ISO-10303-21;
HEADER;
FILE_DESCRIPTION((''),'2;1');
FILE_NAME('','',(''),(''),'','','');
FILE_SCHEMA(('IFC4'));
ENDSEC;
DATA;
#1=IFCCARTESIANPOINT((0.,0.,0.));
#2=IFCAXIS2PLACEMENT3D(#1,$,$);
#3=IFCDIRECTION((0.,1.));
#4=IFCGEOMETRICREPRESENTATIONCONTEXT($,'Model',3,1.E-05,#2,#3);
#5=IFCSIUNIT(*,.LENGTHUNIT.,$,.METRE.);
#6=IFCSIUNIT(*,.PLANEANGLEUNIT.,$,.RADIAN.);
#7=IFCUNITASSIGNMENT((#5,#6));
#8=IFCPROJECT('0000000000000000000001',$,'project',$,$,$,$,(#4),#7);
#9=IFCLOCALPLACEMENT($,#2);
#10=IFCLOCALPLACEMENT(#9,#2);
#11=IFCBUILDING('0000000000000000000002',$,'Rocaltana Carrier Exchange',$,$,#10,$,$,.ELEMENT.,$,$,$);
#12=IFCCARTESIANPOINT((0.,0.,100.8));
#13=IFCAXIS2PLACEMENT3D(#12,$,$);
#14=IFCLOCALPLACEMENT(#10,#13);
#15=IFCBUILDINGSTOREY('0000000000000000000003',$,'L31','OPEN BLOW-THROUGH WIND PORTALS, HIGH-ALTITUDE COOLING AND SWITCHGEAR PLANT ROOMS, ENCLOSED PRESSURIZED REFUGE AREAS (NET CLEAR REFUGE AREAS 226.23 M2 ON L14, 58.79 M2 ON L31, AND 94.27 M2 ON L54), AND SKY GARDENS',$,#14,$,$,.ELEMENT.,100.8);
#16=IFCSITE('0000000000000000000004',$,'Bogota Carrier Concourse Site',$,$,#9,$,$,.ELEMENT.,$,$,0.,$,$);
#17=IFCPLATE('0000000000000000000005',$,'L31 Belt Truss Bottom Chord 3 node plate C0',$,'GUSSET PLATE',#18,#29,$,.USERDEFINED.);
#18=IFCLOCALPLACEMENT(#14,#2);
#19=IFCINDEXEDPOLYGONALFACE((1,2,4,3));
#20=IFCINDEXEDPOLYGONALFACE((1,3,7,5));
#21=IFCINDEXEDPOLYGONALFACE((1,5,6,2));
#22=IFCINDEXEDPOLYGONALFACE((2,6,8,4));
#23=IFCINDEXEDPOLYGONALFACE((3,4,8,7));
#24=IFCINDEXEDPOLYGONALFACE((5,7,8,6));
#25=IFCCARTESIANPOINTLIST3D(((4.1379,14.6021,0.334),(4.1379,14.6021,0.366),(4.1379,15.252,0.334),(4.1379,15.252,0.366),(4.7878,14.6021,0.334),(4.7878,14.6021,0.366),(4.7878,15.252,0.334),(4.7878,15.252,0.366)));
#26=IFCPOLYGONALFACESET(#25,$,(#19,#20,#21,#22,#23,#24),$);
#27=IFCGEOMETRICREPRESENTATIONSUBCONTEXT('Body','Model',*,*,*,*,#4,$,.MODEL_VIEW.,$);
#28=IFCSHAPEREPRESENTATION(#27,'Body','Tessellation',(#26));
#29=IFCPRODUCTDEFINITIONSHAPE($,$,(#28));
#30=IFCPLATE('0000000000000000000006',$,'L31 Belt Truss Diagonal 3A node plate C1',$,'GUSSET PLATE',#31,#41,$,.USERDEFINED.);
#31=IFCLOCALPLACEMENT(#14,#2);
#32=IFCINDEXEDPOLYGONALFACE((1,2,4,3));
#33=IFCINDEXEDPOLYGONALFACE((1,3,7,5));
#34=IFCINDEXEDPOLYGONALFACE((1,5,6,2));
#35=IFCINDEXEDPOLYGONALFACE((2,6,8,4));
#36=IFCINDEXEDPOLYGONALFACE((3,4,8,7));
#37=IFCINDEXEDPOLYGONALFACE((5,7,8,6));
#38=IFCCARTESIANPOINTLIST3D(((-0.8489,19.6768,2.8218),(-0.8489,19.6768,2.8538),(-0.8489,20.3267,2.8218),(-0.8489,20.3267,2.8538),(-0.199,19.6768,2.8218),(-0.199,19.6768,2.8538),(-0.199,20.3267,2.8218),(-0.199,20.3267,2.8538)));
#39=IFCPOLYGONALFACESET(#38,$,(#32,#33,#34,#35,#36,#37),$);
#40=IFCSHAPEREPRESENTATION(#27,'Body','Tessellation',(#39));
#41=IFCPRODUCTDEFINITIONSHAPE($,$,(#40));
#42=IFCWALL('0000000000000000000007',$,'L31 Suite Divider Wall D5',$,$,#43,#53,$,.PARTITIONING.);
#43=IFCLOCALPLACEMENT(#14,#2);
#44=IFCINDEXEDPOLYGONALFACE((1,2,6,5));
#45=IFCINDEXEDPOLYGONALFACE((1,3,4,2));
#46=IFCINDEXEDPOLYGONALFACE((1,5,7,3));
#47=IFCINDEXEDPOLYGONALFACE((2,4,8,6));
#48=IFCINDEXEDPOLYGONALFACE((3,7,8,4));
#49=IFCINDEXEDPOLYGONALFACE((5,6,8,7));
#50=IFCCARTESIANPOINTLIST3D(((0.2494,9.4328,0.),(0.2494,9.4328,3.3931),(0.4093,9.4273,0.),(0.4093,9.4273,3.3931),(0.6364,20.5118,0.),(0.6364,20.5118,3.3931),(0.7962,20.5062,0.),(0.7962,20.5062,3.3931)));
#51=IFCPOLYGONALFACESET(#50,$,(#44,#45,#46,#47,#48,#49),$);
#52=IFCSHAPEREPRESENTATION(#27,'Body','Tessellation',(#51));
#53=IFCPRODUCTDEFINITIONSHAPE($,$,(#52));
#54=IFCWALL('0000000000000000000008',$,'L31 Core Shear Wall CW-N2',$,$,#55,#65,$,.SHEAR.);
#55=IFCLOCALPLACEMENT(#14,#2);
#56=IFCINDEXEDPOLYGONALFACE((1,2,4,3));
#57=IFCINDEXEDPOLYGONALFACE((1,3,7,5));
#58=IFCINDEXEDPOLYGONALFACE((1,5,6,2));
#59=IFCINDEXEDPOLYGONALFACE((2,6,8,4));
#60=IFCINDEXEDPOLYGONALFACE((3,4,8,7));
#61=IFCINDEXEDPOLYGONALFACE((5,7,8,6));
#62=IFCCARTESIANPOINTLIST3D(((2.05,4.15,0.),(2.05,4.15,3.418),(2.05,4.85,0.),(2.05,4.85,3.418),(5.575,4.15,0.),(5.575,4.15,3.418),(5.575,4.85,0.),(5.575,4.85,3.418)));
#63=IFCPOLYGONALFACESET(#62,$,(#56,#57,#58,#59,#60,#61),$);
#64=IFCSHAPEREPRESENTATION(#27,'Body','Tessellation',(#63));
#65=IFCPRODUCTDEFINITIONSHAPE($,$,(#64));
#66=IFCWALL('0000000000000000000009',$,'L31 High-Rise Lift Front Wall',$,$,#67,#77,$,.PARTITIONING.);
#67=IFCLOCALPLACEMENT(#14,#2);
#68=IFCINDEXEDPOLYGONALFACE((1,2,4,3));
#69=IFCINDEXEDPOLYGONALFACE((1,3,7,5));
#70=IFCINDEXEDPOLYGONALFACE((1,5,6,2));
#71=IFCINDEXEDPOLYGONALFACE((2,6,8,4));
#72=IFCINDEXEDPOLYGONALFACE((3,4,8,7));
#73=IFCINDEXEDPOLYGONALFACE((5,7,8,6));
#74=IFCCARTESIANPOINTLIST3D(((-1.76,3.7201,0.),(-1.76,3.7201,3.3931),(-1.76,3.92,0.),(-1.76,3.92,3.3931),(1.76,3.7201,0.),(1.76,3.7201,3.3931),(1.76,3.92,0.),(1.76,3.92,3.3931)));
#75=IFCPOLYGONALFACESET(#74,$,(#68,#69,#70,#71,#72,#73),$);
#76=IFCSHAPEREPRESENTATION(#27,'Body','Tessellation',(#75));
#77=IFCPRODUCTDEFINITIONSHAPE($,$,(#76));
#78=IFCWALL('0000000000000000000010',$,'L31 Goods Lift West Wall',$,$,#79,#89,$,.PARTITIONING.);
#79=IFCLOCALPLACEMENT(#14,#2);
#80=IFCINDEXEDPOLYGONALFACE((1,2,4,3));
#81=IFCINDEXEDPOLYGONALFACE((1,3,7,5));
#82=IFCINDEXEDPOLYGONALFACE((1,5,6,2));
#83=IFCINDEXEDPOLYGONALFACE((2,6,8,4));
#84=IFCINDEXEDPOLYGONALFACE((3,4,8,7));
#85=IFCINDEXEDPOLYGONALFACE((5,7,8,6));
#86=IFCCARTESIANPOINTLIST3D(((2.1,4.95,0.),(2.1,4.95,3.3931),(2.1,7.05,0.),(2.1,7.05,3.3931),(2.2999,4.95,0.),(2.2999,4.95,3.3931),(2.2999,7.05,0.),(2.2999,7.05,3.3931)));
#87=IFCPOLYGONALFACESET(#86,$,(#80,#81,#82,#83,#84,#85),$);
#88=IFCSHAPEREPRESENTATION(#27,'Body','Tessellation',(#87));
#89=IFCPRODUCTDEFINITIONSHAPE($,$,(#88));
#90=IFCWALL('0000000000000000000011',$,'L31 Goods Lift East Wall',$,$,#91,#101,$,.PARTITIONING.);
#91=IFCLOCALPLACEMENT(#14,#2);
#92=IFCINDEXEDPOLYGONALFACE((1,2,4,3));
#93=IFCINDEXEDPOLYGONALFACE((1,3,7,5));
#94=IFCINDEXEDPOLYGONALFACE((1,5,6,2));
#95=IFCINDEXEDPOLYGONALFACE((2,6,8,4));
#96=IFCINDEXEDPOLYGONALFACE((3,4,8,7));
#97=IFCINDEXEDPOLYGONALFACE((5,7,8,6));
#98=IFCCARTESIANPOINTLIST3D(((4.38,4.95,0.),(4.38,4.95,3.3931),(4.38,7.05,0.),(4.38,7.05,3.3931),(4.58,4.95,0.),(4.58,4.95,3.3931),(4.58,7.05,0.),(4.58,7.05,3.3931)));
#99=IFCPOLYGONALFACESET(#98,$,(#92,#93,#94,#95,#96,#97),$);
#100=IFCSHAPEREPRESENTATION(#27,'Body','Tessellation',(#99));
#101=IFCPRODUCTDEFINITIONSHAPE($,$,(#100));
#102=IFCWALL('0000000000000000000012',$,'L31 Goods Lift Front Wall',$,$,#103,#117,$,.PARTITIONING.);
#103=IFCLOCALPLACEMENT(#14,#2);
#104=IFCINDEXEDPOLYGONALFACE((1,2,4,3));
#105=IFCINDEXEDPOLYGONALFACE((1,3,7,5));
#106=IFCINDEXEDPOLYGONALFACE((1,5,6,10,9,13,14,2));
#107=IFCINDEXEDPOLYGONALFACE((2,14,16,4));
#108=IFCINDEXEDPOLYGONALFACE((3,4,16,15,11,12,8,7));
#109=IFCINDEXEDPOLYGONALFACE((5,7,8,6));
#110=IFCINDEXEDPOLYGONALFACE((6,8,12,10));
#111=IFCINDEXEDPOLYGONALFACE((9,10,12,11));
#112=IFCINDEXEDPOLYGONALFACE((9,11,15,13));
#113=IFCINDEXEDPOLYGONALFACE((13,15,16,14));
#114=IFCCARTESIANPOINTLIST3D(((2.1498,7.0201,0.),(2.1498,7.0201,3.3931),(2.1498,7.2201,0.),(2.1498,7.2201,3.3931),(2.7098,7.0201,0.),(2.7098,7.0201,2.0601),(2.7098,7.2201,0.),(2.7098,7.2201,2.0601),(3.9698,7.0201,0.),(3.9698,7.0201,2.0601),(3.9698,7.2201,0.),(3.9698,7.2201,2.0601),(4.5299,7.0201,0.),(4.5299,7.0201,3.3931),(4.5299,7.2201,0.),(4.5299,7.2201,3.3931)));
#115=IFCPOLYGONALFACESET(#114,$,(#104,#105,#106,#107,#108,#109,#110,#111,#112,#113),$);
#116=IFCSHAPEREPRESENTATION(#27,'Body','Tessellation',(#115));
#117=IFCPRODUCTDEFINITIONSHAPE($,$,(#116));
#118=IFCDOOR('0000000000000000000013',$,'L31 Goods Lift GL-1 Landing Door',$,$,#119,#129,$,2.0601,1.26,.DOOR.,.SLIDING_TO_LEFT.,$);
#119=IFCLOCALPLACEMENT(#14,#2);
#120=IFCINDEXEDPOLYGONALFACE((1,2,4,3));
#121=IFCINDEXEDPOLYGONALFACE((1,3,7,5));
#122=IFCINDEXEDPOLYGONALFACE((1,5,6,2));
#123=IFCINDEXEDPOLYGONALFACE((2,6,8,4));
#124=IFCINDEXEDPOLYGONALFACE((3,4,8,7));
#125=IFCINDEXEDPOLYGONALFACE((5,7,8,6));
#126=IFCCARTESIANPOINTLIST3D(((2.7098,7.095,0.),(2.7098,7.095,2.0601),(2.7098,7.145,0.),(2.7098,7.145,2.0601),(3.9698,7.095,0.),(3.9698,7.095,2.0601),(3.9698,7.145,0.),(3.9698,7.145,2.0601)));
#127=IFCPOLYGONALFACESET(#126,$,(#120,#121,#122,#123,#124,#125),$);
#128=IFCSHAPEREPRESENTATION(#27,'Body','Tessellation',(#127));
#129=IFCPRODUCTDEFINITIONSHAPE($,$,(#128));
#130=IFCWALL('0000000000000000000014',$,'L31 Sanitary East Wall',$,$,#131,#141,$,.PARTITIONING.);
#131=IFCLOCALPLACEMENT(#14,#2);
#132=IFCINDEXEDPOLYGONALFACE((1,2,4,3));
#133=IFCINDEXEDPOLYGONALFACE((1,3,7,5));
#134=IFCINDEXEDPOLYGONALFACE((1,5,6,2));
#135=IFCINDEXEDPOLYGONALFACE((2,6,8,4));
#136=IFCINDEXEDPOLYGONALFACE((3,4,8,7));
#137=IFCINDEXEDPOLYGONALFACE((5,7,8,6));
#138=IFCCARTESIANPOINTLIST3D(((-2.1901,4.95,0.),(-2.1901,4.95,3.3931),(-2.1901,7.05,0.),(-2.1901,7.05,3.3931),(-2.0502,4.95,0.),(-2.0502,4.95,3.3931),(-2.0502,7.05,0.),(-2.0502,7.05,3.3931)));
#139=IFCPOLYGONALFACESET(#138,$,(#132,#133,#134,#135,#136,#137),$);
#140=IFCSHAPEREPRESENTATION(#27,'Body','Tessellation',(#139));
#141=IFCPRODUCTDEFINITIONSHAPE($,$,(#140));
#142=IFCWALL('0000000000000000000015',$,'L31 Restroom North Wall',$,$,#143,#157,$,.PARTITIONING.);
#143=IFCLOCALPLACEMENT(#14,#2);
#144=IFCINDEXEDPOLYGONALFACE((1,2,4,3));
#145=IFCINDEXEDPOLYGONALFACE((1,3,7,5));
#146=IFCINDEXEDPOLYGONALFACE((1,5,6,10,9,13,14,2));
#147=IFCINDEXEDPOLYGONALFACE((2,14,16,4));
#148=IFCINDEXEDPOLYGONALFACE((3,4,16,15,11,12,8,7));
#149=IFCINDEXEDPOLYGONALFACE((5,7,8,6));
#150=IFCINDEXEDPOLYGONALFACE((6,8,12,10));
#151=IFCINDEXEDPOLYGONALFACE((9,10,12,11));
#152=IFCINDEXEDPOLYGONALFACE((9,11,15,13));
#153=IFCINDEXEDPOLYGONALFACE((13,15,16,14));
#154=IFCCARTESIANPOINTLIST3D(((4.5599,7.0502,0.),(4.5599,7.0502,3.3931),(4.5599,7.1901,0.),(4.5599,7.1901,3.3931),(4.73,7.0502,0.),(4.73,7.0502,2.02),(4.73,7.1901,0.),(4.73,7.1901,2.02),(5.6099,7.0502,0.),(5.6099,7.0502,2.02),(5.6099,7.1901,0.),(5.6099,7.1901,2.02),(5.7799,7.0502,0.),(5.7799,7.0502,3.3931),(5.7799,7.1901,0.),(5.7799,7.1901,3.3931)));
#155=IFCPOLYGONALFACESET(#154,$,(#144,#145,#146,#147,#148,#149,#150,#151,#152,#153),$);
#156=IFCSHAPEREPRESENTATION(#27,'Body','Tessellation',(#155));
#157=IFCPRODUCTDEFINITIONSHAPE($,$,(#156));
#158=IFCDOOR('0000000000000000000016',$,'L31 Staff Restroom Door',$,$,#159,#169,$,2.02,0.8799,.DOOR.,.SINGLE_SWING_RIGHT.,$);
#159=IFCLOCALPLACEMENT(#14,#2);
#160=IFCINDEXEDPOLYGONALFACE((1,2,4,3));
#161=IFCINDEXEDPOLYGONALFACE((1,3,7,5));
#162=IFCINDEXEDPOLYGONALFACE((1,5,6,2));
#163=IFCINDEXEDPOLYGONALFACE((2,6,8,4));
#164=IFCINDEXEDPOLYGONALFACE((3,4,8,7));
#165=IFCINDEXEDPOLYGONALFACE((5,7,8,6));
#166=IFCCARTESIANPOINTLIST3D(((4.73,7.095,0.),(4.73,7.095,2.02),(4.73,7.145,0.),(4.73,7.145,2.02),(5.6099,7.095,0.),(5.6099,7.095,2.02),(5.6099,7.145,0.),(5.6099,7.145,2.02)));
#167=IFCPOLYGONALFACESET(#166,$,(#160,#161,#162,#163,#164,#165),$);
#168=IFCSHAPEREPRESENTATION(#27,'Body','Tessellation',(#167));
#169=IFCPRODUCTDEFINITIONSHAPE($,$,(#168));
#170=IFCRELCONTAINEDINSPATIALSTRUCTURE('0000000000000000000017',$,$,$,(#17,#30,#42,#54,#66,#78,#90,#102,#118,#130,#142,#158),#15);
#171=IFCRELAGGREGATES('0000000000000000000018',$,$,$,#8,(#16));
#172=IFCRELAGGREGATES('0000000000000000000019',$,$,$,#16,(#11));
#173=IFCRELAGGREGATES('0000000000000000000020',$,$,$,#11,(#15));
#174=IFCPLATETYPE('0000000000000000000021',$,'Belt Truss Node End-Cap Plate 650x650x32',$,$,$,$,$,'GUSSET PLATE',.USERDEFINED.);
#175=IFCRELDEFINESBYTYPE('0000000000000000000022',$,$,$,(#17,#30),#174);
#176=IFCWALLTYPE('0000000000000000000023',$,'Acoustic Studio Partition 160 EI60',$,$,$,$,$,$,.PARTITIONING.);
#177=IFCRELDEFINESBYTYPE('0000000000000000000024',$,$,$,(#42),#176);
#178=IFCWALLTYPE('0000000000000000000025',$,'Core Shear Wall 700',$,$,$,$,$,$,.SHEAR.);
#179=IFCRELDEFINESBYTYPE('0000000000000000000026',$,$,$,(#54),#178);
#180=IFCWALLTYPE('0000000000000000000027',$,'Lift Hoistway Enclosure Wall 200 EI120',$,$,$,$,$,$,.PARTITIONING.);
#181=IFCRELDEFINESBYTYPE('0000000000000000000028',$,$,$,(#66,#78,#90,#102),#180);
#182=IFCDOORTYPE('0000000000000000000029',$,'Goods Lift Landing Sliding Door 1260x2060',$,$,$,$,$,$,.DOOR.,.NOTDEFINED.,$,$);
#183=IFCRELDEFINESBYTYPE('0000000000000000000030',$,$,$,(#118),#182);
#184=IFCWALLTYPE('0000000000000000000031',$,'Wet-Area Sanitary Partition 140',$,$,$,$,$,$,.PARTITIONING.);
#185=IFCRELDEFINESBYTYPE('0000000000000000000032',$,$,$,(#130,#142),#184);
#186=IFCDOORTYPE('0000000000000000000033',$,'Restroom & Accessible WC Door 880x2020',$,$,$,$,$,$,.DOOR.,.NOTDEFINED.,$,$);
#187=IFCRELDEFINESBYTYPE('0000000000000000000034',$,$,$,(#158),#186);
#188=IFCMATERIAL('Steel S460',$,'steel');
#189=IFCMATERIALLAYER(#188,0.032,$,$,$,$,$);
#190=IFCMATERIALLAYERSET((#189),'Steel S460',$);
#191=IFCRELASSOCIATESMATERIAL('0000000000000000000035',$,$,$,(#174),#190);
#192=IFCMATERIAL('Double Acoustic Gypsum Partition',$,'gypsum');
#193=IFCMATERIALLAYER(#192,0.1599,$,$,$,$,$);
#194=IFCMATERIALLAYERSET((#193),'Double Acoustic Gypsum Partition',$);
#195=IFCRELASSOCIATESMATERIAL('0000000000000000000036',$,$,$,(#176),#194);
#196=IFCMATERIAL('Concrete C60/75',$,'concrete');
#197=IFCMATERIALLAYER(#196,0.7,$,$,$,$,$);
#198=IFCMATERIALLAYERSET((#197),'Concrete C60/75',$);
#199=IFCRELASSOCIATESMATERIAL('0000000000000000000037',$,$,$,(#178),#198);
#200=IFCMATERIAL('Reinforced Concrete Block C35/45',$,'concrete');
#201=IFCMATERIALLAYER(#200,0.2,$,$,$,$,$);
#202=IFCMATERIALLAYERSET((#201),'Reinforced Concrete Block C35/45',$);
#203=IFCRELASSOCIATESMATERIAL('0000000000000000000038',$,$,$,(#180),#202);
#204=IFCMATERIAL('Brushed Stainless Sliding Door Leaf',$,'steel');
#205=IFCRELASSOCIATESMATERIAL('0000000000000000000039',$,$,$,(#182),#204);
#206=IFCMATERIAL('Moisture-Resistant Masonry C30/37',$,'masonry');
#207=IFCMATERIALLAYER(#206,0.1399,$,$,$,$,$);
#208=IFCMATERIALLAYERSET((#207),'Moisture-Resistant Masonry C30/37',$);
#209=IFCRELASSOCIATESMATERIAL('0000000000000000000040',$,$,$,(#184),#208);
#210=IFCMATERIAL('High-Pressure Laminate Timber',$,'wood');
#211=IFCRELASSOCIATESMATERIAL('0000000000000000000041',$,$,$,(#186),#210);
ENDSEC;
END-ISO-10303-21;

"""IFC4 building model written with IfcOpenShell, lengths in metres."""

from ifc_helpers import new_model, si_unit, direction, frame, frame_2d, origin, origin_2d, place, context, subcontext, project, spatial, rectangle, extrude, material, layer, layer_set, type_object, element, fill, save


model = new_model("IFC4")

# Units and contexts
model_context = context("Model", 3, precision=1e-05, world=origin(), true_north=direction((0.0, 1.0)))
body_context = subcontext(model_context, "Body", "Model", "MODEL_VIEW")
ifc_project = project(units=[si_unit("LENGTHUNIT", "METRE"), si_unit("PLANEANGLEUNIT", "RADIAN")], contexts=[model_context])

# Site, building, storey
site_placement = place(None, origin())
site = spatial("IfcSite", under=ifc_project, at=site_placement, Name="Bogota Carrier Concourse Site", CompositionType="ELEMENT", RefElevation=0.0)
building_placement = place(site_placement, origin())
building = spatial("IfcBuilding", under=site, at=building_placement, Name="Rocaltana Carrier Exchange", CompositionType="ELEMENT")
storey_placement = place(building_placement, frame((0.0, 0.0, 100.8)))
storey = spatial("IfcBuildingStorey", under=building, at=storey_placement, Name="L31", Description="OPEN BLOW-THROUGH WIND PORTALS, HIGH-ALTITUDE COOLING AND SWITCHGEAR PLANT ROOMS, ENCLOSED PRESSURIZED REFUGE AREAS (NET CLEAR REFUGE AREAS 226.23 M2 ON L14, 58.79 M2 ON L31, AND 94.27 M2 ON L54), AND SKY GARDENS", CompositionType="ELEMENT", Elevation=100.8)

# Plates
ifc_material_1 = material(Name="Steel S460", Category="steel")
ifc_layer_1 = layer(ifc_material_1, 0.032)
ifc_layer_set_1 = layer_set([ifc_layer_1], Name="Steel S460")
plate_type = type_object("IfcPlateType", Name="Belt Truss Node End-Cap Plate 650x650x32", ElementType="GUSSET PLATE", PredefinedType="USERDEFINED", material=ifc_layer_set_1)
for number, where, z_axis, x_axis, name in (
    (1, (4.4629, 14.927, 0.334), (0.0, 0.0, 1.0), (1.0, 0.0, 0.0), "L31 Belt Truss Bottom Chord 3 node plate C0"),
    (2, (-0.5239, 20.0017, 2.8218), (0.0, 0.0, 1.0), (1.0, 0.0, 0.0), "L31 Belt Truss Diagonal 3A node plate C1"),
):
    element("IfcPlate", number, at=place(storey_placement, frame(where, z_axis=z_axis, x_axis=x_axis)), inside=storey, type_object=plate_type, Name=name, ObjectType="GUSSET PLATE", PredefinedType="USERDEFINED", context=body_context, shape_type="SweptSolid", body=[
        extrude(rectangle(XDim=0.6499, YDim=0.6499, at=origin_2d()), origin(), (0.0, 0.0, 1.0), 0.032),
    ])

# Walls
ifc_material_2 = material(Name="Double Acoustic Gypsum Partition", Category="gypsum")
ifc_layer_2 = layer(ifc_material_2, 0.1599)
ifc_layer_set_2 = layer_set([ifc_layer_2], Name="Double Acoustic Gypsum Partition")
wall_type_1 = type_object("IfcWallType", Name="Acoustic Studio Partition 160 EI60", PredefinedType="PARTITIONING", material=ifc_layer_set_2)
wall_1_placement = place(storey_placement, frame((0.3293, 9.4299, 0.0), z_axis=(0.0, 0.0, 1.0), x_axis=(0.034907, 0.999391, 0.0)))
element("IfcWall", 3, at=wall_1_placement, inside=storey, type_object=wall_type_1, Name="L31 Suite Divider Wall D5", PredefinedType="PARTITIONING", context=body_context, shape_type="SweptSolid", body=[
    extrude(rectangle(XDim=11.0857, YDim=0.1599, at=frame_2d((5.543, 0.0))), origin(), (0.0, 0.0, 1.0), 3.3931),
])
ifc_material_3 = material(Name="Concrete C60/75", Category="concrete")
ifc_layer_3 = layer(ifc_material_3, 0.7)
ifc_layer_set_3 = layer_set([ifc_layer_3], Name="Concrete C60/75")
wall_type_2 = type_object("IfcWallType", Name="Core Shear Wall 700", PredefinedType="SHEAR", material=ifc_layer_set_3)
wall_2_placement = place(storey_placement, frame((2.05, 4.5, 0.0), z_axis=(0.0, 0.0, 1.0), x_axis=(1.0, 0.0, 0.0)))
element("IfcWall", 4, at=wall_2_placement, inside=storey, type_object=wall_type_2, Name="L31 Core Shear Wall CW-N2", PredefinedType="SHEAR", context=body_context, shape_type="SweptSolid", body=[
    extrude(rectangle(XDim=3.5249, YDim=0.7, at=frame_2d((1.7625, 0.0))), origin(), (0.0, 0.0, 1.0), 3.418),
])
ifc_material_4 = material(Name="Reinforced Concrete Block C35/45", Category="concrete")
ifc_layer_4 = layer(ifc_material_4, 0.2)
ifc_layer_set_4 = layer_set([ifc_layer_4], Name="Reinforced Concrete Block C35/45")
wall_type_3 = type_object("IfcWallType", Name="Lift Hoistway Enclosure Wall 200 EI120", PredefinedType="PARTITIONING", material=ifc_layer_set_4)
wall_3_placement = place(storey_placement, frame((-1.76, 3.8201, 0.0), z_axis=(0.0, 0.0, 1.0), x_axis=(1.0, 0.0, 0.0)))
element("IfcWall", 5, at=wall_3_placement, inside=storey, type_object=wall_type_3, Name="L31 High-Rise Lift Front Wall", PredefinedType="PARTITIONING", context=body_context, shape_type="SweptSolid", body=[
    extrude(rectangle(XDim=3.52, YDim=0.2, at=frame_2d((1.76, 0.0))), origin(), (0.0, 0.0, 1.0), 3.3931),
])
for number, where, z_axis, x_axis, name in (
    (6, (2.2, 4.95, 0.0), (0.0, 0.0, 1.0), (0.0, 1.0, 0.0), "L31 Goods Lift West Wall"),
    (7, (4.48, 4.95, 0.0), (0.0, 0.0, 1.0), (0.0, 1.0, 0.0), "L31 Goods Lift East Wall"),
):
    element("IfcWall", number, at=place(storey_placement, frame(where, z_axis=z_axis, x_axis=x_axis)), inside=storey, type_object=wall_type_3, Name=name, PredefinedType="PARTITIONING", context=body_context, shape_type="SweptSolid", body=[
        extrude(rectangle(XDim=2.1001, YDim=0.2, at=frame_2d((1.05, 0.0))), origin(), (0.0, 0.0, 1.0), 3.3931),
    ])

# Wall, opening, door
wall_4_placement = place(storey_placement, frame((2.1499, 7.1201, 0.0), z_axis=(0.0, 0.0, 1.0), x_axis=(1.0, 0.0, 0.0)))
wall_4 = element("IfcWall", 8, at=wall_4_placement, inside=storey, type_object=wall_type_3, Name="L31 Goods Lift Front Wall", PredefinedType="PARTITIONING", context=body_context, shape_type="SweptSolid", body=[
    extrude(rectangle(XDim=2.3801, YDim=0.2, at=frame_2d((1.1899, 0.0))), origin(), (0.0, 0.0, 1.0), 3.3931),
])
opening_1_placement = place(wall_4_placement, frame((0.5601, 0.0, 0.0)))
opening_1 = element("IfcOpeningElement", 9, at=opening_1_placement, cuts=wall_4, PredefinedType="OPENING", context=body_context, shape_type="SweptSolid", body=[
    extrude(rectangle(XDim=1.26, YDim=2.0601, at=frame_2d((0.6299, 1.03))), frame((0.0, 0.1099, 0.0), z_axis=(0.0, -1.0, 0.0), x_axis=(1.0, 0.0, 0.0)), (0.0, 0.0, 1.0), 0.22),
])
ifc_material_5 = material(Name="Brushed Stainless Sliding Door Leaf", Category="steel")
door_type_1 = type_object("IfcDoorType", Name="Goods Lift Landing Sliding Door 1260x2060", OperationType="NOTDEFINED", PredefinedType="DOOR", material=ifc_material_5)
door_1_placement = place(opening_1_placement, origin())
door_1 = element("IfcDoor", 10, at=door_1_placement, inside=storey, type_object=door_type_1, Name="L31 Goods Lift GL-1 Landing Door", OperationType="SLIDING_TO_LEFT", OverallHeight=2.0601, OverallWidth=1.26, PredefinedType="DOOR", context=body_context, shape_type="SweptSolid", body=[
    extrude(rectangle(XDim=1.26, YDim=2.0601, at=frame_2d((0.6299, 1.03))), frame((0.0, 0.0249, 0.0), z_axis=(0.0, -1.0, 0.0), x_axis=(1.0, 0.0, 0.0)), (0.0, 0.0, 1.0), 0.05),
])
fill(opening_1, door_1)

# Wall
ifc_material_6 = material(Name="Moisture-Resistant Masonry C30/37", Category="masonry")
ifc_layer_5 = layer(ifc_material_6, 0.1399)
ifc_layer_set_5 = layer_set([ifc_layer_5], Name="Moisture-Resistant Masonry C30/37")
wall_type_4 = type_object("IfcWallType", Name="Wet-Area Sanitary Partition 140", PredefinedType="PARTITIONING", material=ifc_layer_set_5)
wall_5_placement = place(storey_placement, frame((-2.1201, 4.95, 0.0), z_axis=(0.0, 0.0, 1.0), x_axis=(0.0, 1.0, 0.0)))
element("IfcWall", 11, at=wall_5_placement, inside=storey, type_object=wall_type_4, Name="L31 Sanitary East Wall", PredefinedType="PARTITIONING", context=body_context, shape_type="SweptSolid", body=[
    extrude(rectangle(XDim=2.1001, YDim=0.1399, at=frame_2d((1.05, 0.0))), origin(), (0.0, 0.0, 1.0), 3.3931),
])

# Wall, opening, door
wall_6_placement = place(storey_placement, frame((4.5601, 7.1201, 0.0), z_axis=(0.0, 0.0, 1.0), x_axis=(1.0, 0.0, 0.0)))
wall_6 = element("IfcWall", 12, at=wall_6_placement, inside=storey, type_object=wall_type_4, Name="L31 Restroom North Wall", PredefinedType="PARTITIONING", context=body_context, shape_type="SweptSolid", body=[
    extrude(rectangle(XDim=1.22, YDim=0.1399, at=frame_2d((0.6099, 0.0))), origin(), (0.0, 0.0, 1.0), 3.3931),
])
opening_2_placement = place(wall_6_placement, frame((0.1699, 0.0, 0.0)))
opening_2 = element("IfcOpeningElement", 13, at=opening_2_placement, cuts=wall_6, PredefinedType="OPENING", context=body_context, shape_type="SweptSolid", body=[
    extrude(rectangle(XDim=0.8799, YDim=2.02, at=frame_2d((0.4399, 1.01))), frame((0.0, 0.0798, 0.0), z_axis=(0.0, -1.0, 0.0), x_axis=(1.0, 0.0, 0.0)), (0.0, 0.0, 1.0), 0.1599),
])
ifc_material_7 = material(Name="High-Pressure Laminate Timber", Category="wood")
door_type_2 = type_object("IfcDoorType", Name="Restroom & Accessible WC Door 880x2020", OperationType="NOTDEFINED", PredefinedType="DOOR", material=ifc_material_7)
door_2_placement = place(opening_2_placement, origin())
door_2 = element("IfcDoor", 14, at=door_2_placement, inside=storey, type_object=door_type_2, Name="L31 Staff Restroom Door", OperationType="SINGLE_SWING_RIGHT", OverallHeight=2.02, OverallWidth=0.8799, PredefinedType="DOOR", context=body_context, shape_type="SweptSolid", body=[
    extrude(rectangle(XDim=0.8799, YDim=2.02, at=frame_2d((0.4399, 1.01))), frame((0.0, 0.0249, 0.0), z_axis=(0.0, -1.0, 0.0), x_axis=(1.0, 0.0, 0.0)), (0.0, 0.0, 1.0), 0.05),
])
fill(opening_2, door_2)

save(model, "model.ifc")
